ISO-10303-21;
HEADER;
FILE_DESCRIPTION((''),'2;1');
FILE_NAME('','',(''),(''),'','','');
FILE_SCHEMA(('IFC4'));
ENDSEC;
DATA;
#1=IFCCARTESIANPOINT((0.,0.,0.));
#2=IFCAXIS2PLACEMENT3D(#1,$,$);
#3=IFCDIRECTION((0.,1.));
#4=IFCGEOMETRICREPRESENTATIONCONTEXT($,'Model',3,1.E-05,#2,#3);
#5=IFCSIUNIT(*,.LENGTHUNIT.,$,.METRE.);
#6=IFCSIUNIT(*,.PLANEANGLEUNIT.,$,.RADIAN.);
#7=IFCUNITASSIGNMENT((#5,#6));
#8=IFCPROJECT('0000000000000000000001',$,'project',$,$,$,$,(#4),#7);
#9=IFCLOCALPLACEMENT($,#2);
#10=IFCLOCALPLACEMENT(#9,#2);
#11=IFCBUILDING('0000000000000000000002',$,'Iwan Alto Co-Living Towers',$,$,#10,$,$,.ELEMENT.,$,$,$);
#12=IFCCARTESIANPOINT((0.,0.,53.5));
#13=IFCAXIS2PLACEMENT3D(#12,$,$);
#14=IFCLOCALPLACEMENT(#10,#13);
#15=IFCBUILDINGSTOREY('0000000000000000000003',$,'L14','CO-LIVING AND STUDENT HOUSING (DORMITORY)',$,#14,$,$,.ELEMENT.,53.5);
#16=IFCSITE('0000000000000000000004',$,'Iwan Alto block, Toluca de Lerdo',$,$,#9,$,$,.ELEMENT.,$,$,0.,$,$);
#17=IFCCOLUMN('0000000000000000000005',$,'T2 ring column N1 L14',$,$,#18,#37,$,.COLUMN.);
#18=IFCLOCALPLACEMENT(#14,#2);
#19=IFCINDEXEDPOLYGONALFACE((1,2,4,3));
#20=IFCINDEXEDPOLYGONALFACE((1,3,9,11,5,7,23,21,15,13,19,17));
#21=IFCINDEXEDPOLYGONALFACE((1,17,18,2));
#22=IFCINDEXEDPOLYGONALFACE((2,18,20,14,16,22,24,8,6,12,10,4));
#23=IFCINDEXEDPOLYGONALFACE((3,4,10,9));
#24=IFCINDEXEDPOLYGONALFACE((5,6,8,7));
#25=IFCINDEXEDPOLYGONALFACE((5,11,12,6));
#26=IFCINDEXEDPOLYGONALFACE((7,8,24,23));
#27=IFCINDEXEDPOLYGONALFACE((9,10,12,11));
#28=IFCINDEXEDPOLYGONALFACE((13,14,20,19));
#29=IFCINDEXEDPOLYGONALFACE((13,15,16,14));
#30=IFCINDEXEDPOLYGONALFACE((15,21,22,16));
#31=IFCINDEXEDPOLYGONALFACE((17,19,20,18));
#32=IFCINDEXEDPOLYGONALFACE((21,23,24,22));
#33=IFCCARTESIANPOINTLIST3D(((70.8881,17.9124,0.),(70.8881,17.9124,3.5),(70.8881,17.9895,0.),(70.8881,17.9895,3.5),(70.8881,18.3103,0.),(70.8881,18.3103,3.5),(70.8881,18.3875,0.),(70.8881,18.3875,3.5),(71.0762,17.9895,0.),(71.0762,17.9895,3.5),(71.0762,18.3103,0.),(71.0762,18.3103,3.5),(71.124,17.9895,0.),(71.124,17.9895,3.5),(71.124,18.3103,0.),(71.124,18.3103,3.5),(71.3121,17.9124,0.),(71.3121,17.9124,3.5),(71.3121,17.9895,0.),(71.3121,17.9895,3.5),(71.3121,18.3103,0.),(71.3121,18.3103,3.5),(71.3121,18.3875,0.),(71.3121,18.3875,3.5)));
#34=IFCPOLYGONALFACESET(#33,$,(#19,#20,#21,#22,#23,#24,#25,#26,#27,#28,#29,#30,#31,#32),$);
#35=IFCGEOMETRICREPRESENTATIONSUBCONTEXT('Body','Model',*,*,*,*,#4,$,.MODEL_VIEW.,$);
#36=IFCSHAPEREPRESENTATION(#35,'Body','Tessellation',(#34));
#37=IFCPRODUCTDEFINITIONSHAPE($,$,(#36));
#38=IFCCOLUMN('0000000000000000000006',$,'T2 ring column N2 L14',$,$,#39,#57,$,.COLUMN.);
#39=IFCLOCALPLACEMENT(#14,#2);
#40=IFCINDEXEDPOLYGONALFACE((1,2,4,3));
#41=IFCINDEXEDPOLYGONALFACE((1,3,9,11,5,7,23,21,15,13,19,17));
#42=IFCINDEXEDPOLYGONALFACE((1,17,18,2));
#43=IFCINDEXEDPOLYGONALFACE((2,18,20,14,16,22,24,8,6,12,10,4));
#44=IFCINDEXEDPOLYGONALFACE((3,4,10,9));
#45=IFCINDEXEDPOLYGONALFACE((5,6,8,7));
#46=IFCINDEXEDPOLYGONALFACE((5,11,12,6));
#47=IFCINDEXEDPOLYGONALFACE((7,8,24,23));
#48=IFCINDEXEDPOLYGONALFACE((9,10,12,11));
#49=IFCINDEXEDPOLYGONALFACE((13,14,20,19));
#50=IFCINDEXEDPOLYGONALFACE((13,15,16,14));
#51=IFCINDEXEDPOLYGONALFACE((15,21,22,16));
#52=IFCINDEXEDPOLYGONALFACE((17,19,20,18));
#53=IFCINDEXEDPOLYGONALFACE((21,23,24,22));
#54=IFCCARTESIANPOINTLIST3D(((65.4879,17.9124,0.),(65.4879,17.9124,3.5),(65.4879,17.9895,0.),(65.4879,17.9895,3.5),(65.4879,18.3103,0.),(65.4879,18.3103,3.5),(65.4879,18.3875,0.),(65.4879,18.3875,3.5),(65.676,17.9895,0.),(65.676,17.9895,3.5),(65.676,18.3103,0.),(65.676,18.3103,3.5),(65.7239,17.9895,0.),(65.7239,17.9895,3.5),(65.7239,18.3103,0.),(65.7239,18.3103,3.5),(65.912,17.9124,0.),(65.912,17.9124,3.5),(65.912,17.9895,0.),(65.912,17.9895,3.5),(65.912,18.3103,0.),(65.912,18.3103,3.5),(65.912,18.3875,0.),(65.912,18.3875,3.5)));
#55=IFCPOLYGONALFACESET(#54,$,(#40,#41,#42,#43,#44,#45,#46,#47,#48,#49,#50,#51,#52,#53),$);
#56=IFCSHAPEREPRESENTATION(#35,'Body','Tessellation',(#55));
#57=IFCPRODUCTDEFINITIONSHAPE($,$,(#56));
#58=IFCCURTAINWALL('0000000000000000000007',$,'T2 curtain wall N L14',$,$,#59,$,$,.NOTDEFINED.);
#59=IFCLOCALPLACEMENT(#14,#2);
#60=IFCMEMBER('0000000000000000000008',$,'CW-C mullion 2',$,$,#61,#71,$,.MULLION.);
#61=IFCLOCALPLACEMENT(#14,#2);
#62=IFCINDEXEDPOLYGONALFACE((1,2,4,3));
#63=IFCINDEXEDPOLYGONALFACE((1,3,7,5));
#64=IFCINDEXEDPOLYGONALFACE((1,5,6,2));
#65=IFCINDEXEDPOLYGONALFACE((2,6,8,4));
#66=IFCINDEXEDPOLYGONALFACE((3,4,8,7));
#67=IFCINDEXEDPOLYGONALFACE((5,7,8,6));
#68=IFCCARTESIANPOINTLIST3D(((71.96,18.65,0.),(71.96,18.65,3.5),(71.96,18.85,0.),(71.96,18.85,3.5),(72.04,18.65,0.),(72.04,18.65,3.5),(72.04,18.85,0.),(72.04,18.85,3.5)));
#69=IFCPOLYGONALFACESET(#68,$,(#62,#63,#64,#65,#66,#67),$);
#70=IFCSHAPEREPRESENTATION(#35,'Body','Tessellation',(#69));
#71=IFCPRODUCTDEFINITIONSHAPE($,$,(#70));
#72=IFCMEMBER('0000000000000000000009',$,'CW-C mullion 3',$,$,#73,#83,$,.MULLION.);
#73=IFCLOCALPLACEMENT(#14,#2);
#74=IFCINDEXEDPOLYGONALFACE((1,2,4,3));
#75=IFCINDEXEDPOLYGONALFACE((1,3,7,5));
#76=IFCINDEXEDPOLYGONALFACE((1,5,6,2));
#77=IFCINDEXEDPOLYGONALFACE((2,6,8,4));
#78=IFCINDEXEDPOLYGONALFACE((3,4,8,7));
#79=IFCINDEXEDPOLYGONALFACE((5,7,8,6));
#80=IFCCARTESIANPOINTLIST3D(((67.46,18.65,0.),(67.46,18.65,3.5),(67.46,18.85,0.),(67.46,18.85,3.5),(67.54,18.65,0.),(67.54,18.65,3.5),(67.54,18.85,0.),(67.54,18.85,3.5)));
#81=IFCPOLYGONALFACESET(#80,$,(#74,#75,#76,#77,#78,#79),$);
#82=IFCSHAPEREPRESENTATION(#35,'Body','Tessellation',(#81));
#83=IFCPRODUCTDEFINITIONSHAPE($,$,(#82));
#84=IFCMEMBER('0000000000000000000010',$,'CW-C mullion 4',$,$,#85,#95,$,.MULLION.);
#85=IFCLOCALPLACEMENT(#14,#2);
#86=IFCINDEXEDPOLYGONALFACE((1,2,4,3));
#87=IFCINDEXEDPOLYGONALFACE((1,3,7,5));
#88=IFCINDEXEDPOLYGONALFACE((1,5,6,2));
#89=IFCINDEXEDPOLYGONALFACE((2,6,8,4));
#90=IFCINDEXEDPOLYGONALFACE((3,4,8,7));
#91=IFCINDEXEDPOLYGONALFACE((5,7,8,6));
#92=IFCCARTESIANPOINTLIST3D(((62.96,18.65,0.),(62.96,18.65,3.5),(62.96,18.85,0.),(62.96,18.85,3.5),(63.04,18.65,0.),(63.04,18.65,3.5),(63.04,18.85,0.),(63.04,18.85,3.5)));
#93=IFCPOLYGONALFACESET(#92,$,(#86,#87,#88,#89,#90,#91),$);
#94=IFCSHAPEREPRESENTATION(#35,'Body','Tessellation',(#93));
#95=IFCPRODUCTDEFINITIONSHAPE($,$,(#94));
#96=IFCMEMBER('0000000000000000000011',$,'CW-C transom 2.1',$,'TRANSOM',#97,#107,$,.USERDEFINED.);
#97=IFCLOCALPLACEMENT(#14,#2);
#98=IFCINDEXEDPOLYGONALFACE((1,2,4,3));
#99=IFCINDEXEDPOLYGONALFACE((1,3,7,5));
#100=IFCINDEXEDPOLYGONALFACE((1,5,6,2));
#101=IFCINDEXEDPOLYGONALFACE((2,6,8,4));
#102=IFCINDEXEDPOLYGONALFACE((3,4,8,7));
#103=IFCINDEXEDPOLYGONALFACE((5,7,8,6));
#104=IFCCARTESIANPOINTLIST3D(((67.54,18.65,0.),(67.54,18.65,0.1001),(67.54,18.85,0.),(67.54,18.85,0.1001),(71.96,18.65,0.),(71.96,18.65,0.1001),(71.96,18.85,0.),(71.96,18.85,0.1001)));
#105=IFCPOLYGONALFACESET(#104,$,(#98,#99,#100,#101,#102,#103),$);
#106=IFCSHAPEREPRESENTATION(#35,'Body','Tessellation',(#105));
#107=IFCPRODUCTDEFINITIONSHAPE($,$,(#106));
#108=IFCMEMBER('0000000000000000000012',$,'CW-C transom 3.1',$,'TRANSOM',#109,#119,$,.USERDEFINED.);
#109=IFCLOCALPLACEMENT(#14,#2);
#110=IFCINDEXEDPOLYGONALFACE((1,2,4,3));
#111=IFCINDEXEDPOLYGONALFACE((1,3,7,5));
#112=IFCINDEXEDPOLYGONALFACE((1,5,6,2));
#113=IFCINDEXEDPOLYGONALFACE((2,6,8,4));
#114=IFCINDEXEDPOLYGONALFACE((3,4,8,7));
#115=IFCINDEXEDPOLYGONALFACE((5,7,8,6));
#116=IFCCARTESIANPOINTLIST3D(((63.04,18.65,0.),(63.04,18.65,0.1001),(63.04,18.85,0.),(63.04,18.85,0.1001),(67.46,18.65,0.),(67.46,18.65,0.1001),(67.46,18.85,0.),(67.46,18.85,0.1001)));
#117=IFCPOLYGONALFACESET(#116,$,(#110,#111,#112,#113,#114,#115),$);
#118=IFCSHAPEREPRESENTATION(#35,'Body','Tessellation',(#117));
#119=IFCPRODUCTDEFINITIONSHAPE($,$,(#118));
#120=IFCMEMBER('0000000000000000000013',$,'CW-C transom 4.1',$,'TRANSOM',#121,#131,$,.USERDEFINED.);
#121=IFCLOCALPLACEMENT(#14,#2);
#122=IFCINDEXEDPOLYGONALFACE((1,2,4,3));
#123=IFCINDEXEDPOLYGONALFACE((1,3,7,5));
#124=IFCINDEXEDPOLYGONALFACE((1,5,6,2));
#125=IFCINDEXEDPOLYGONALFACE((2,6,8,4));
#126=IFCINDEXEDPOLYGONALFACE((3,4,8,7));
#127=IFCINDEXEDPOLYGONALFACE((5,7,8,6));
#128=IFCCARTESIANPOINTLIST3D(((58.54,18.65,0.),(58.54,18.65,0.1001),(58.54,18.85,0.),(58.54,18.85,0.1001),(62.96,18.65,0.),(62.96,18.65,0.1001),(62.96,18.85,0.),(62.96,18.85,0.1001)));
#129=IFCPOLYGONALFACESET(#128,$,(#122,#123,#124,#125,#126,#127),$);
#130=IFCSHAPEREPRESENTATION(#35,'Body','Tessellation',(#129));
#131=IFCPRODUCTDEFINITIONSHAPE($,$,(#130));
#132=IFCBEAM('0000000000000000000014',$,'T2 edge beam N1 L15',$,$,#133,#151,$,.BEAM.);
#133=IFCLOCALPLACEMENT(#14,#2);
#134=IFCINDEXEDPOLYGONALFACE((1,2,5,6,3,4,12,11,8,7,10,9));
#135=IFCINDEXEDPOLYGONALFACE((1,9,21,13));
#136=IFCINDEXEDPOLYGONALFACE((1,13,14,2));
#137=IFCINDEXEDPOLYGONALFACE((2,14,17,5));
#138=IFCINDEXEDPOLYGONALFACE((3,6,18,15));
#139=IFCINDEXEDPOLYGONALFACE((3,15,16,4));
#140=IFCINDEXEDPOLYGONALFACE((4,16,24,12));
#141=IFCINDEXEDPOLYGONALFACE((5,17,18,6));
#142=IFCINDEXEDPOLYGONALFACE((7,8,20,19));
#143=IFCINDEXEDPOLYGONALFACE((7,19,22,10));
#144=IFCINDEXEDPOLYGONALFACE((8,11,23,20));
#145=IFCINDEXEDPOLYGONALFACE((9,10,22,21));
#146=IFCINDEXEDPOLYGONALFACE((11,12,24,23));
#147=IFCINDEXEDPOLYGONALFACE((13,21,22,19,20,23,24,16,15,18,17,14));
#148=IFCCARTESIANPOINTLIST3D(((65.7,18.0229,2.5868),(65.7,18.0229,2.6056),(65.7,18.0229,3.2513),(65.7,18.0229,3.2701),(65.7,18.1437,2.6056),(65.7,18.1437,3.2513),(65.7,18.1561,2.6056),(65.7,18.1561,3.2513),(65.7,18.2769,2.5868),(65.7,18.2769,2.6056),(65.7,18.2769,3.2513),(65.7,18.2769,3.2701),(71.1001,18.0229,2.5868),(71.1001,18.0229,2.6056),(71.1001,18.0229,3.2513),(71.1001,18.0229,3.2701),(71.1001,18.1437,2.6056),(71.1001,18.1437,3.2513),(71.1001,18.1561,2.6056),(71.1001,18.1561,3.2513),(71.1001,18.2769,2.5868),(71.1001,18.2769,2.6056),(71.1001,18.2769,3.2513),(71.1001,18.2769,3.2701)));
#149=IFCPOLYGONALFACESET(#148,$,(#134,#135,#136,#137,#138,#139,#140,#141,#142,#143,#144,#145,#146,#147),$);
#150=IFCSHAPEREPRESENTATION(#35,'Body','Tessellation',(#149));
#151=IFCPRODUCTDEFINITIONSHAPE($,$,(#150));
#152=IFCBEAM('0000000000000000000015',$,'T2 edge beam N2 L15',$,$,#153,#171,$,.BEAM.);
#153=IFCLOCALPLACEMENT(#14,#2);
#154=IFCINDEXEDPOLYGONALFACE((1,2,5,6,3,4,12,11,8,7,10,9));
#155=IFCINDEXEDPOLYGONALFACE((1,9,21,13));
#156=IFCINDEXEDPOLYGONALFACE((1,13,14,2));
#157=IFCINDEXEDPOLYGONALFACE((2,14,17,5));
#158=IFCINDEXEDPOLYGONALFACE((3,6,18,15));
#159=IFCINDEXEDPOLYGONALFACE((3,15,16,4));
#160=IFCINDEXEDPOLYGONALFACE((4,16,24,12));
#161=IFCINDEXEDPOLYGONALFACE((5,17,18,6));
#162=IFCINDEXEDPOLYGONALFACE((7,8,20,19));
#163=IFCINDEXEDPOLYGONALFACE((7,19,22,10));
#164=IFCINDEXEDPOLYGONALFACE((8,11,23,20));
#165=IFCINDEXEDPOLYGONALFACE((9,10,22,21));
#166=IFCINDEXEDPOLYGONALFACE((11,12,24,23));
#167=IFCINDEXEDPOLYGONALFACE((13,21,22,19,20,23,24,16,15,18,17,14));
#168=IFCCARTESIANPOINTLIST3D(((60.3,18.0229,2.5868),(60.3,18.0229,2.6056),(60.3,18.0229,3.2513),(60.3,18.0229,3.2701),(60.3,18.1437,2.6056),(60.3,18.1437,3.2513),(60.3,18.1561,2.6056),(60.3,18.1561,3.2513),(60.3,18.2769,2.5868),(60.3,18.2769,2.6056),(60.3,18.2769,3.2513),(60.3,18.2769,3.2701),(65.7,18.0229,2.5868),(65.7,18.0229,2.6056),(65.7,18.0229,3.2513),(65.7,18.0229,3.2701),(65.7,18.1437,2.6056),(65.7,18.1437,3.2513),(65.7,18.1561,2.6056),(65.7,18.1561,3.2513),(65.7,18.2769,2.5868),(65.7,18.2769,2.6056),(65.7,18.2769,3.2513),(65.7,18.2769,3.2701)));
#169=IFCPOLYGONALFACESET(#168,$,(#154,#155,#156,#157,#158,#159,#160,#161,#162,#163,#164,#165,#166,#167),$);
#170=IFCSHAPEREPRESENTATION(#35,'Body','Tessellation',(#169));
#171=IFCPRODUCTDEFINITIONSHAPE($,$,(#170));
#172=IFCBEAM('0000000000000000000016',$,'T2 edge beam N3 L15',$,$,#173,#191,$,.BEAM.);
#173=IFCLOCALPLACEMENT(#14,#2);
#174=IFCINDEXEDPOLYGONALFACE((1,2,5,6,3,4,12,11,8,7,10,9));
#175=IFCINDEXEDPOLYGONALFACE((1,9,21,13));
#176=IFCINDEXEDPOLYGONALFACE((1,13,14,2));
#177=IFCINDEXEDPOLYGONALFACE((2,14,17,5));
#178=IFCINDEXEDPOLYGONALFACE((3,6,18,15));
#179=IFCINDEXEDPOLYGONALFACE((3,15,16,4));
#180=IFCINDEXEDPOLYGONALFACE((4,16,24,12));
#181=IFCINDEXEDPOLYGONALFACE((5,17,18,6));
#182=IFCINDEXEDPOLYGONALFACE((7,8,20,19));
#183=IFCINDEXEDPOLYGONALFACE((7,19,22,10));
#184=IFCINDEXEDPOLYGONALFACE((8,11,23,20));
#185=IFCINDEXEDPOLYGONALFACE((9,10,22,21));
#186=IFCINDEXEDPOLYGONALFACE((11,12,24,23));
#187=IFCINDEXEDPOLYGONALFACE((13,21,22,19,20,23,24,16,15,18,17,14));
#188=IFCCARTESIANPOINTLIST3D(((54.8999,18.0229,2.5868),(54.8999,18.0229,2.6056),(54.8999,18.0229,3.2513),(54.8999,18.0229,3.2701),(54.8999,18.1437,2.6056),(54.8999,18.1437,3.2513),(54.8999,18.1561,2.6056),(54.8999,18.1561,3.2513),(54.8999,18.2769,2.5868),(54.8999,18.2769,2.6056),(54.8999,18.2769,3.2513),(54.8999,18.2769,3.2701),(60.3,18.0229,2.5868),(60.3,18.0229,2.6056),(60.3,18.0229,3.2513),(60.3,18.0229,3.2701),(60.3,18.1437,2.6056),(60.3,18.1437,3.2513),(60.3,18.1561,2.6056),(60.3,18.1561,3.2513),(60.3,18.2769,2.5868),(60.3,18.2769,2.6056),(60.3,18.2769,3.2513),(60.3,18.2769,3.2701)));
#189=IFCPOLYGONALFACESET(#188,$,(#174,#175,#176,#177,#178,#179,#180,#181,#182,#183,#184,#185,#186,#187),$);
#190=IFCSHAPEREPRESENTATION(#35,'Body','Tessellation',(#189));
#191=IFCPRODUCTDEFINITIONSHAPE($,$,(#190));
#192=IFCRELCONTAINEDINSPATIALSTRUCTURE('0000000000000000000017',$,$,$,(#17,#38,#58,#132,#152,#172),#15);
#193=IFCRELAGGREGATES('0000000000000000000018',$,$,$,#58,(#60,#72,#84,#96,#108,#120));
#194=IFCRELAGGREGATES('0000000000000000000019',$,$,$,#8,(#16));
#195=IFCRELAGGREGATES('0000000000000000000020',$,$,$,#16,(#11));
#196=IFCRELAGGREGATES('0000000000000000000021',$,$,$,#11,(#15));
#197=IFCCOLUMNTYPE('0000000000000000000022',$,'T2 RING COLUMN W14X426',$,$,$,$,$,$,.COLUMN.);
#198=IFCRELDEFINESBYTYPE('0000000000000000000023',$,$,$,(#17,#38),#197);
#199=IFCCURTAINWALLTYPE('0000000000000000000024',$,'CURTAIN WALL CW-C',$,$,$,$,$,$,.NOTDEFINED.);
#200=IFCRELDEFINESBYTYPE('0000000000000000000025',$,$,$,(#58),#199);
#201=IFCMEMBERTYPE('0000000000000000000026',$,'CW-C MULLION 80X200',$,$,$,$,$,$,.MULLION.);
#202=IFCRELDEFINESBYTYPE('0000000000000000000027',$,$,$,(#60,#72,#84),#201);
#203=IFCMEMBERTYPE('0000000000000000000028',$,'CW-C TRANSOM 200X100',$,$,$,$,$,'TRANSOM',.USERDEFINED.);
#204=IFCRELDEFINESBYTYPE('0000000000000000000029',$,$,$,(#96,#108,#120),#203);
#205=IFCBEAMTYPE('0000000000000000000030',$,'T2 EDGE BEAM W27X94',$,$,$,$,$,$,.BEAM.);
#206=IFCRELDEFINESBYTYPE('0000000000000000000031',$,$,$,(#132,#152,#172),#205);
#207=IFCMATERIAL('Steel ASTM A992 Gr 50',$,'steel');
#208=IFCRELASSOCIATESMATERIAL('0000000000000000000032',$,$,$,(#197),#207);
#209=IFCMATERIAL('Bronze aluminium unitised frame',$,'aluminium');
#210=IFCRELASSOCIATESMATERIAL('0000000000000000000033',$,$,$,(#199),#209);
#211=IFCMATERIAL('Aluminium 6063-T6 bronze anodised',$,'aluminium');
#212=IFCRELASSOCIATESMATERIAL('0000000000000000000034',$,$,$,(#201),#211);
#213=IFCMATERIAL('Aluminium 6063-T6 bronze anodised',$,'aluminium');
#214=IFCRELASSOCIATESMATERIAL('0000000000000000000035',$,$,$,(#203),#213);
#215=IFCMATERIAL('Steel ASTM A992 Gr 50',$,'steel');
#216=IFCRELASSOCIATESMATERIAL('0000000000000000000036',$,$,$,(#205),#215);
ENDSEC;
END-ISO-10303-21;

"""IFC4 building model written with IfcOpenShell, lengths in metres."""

from ifc_helpers import new_model, si_unit, direction, frame, origin, origin_2d, place, context, subcontext, project, spatial, rectangle, i_section, extrude, material, material_profile, profile_set, type_object, element, aggregate, save


model = new_model("IFC4")

# Units and contexts
model_context = context("Model", 3, precision=1e-05, world=origin(), true_north=direction((0.0, 1.0)))
body_context = subcontext(model_context, "Body", "Model", "MODEL_VIEW")
ifc_project = project(units=[si_unit("LENGTHUNIT", "METRE"), si_unit("PLANEANGLEUNIT", "RADIAN")], contexts=[model_context])

# Site, building, storey
site_placement = place(None, origin())
site = spatial("IfcSite", under=ifc_project, at=site_placement, Name="Iwan Alto block, Toluca de Lerdo", CompositionType="ELEMENT", RefElevation=0.0)
building_placement = place(site_placement, origin())
building = spatial("IfcBuilding", under=site, at=building_placement, Name="Iwan Alto Co-Living Towers", CompositionType="ELEMENT")
storey_placement = place(building_placement, frame((0.0, 0.0, 53.5)))
storey = spatial("IfcBuildingStorey", under=building, at=storey_placement, Name="L14", Description="CO-LIVING AND STUDENT HOUSING (DORMITORY)", CompositionType="ELEMENT", Elevation=53.5)

# Columns
ifc_material_1 = material(Name="Steel ASTM A992 Gr 50", Category="steel")
ifc_material_profile_1 = material_profile(ifc_material_1, i_section(OverallWidth=0.4241, OverallDepth=0.4751, WebThickness=0.0479, FlangeThickness=0.0771, at=origin_2d()), Name="W14X426")
ifc_profile_set_1 = profile_set([ifc_material_profile_1], Name="Steel ASTM A992 Gr 50")
column_type = type_object("IfcColumnType", Name="T2 RING COLUMN W14X426", PredefinedType="COLUMN", material=ifc_profile_set_1)
for number, where, z_axis, x_axis, name in (
    (1, (71.1001, 18.1499, 0.0), (0.0, 0.0, 1.0), (1.0, 0.0, 0.0), "T2 ring column N1 L14"),
    (2, (65.7, 18.1499, 0.0), (0.0, 0.0, 1.0), (1.0, 0.0, 0.0), "T2 ring column N2 L14"),
):
    element("IfcColumn", number, at=place(storey_placement, frame(where, z_axis=z_axis, x_axis=x_axis)), inside=storey, type_object=column_type, Name=name, PredefinedType="COLUMN", context=body_context, shape_type="SweptSolid", body=[
        extrude(i_section(OverallWidth=0.4241, OverallDepth=0.4751, WebThickness=0.0479, FlangeThickness=0.0771, at=origin_2d()), origin(), (0.0, 0.0, 1.0), 3.5),
    ])

# Curtain wall, members
ifc_material_2 = material(Name="Bronze aluminium unitised frame", Category="aluminium")
curtain_wall_type = type_object("IfcCurtainWallType", Name="CURTAIN WALL CW-C", PredefinedType="NOTDEFINED", material=ifc_material_2)
curtain_wall_placement = place(storey_placement, origin())
curtain_wall = element("IfcCurtainWall", 3, at=curtain_wall_placement, inside=storey, type_object=curtain_wall_type, Name="T2 curtain wall N L14", PredefinedType="NOTDEFINED")
ifc_material_3 = material(Name="Aluminium 6063-T6 bronze anodised", Category="aluminium")
ifc_material_profile_2 = material_profile(ifc_material_3, rectangle(XDim=0.2, YDim=0.0801, at=origin_2d()), Name="AL 80X200")
ifc_profile_set_2 = profile_set([ifc_material_profile_2], Name="Aluminium 6063-T6 bronze anodised")
member_type_1 = type_object("IfcMemberType", Name="CW-C MULLION 80X200", PredefinedType="MULLION", material=ifc_profile_set_2)
member_1_placement = place(storey_placement, frame((72.0, 18.75, 0.0), z_axis=(0.0, 0.0, 1.0), x_axis=(0.0, -1.0, 0.0)))
member_1 = element("IfcMember", 4, at=member_1_placement, type_object=member_type_1, Name="CW-C mullion 2", PredefinedType="MULLION", context=body_context, shape_type="SweptSolid", body=[
    extrude(rectangle(XDim=0.2, YDim=0.0801, at=origin_2d()), origin(), (0.0, 0.0, 1.0), 3.5),
])
member_2_placement = place(storey_placement, frame((67.5, 18.75, 0.0), z_axis=(0.0, 0.0, 1.0), x_axis=(0.0, -1.0, 0.0)))
member_2 = element("IfcMember", 5, at=member_2_placement, type_object=member_type_1, Name="CW-C mullion 3", PredefinedType="MULLION", context=body_context, shape_type="SweptSolid", body=[
    extrude(rectangle(XDim=0.2, YDim=0.0801, at=origin_2d()), origin(), (0.0, 0.0, 1.0), 3.5),
])
member_3_placement = place(storey_placement, frame((63.0, 18.75, 0.0), z_axis=(0.0, 0.0, 1.0), x_axis=(0.0, -1.0, 0.0)))
member_3 = element("IfcMember", 6, at=member_3_placement, type_object=member_type_1, Name="CW-C mullion 4", PredefinedType="MULLION", context=body_context, shape_type="SweptSolid", body=[
    extrude(rectangle(XDim=0.2, YDim=0.0801, at=origin_2d()), origin(), (0.0, 0.0, 1.0), 3.5),
])
ifc_material_4 = material(Name="Aluminium 6063-T6 bronze anodised", Category="aluminium")
ifc_material_profile_3 = material_profile(ifc_material_4, rectangle(XDim=0.2, YDim=0.1001, at=origin_2d()), Name="AL 200X100")
ifc_profile_set_3 = profile_set([ifc_material_profile_3], Name="Aluminium 6063-T6 bronze anodised")
member_type_2 = type_object("IfcMemberType", Name="CW-C TRANSOM 200X100", ElementType="TRANSOM", PredefinedType="USERDEFINED", material=ifc_profile_set_3)
member_4_placement = place(storey_placement, frame((71.96, 18.75, 0.05), z_axis=(-1.0, 0.0, 0.0), x_axis=(0.0, -1.0, 0.0)))
member_4 = element("IfcMember", 7, at=member_4_placement, type_object=member_type_2, Name="CW-C transom 2.1", ObjectType="TRANSOM", PredefinedType="USERDEFINED", context=body_context, shape_type="SweptSolid", body=[
    extrude(rectangle(XDim=0.2, YDim=0.1001, at=origin_2d()), origin(), (0.0, 0.0, 1.0), 4.4199),
])
member_5_placement = place(storey_placement, frame((67.46, 18.75, 0.05), z_axis=(-1.0, 0.0, 0.0), x_axis=(0.0, -1.0, 0.0)))
member_5 = element("IfcMember", 8, at=member_5_placement, type_object=member_type_2, Name="CW-C transom 3.1", ObjectType="TRANSOM", PredefinedType="USERDEFINED", context=body_context, shape_type="SweptSolid", body=[
    extrude(rectangle(XDim=0.2, YDim=0.1001, at=origin_2d()), origin(), (0.0, 0.0, 1.0), 4.4199),
])
member_6_placement = place(storey_placement, frame((62.96, 18.75, 0.05), z_axis=(-1.0, 0.0, 0.0), x_axis=(0.0, -1.0, 0.0)))
member_6 = element("IfcMember", 9, at=member_6_placement, type_object=member_type_2, Name="CW-C transom 4.1", ObjectType="TRANSOM", PredefinedType="USERDEFINED", context=body_context, shape_type="SweptSolid", body=[
    extrude(rectangle(XDim=0.2, YDim=0.1001, at=origin_2d()), origin(), (0.0, 0.0, 1.0), 4.4199),
])

# Beams
ifc_material_5 = material(Name="Steel ASTM A992 Gr 50", Category="steel")
ifc_material_profile_4 = material_profile(ifc_material_5, i_section(OverallWidth=0.2539, OverallDepth=0.6833, WebThickness=0.0125, FlangeThickness=0.0188, at=origin_2d()), Name="W27X94")
ifc_profile_set_4 = profile_set([ifc_material_profile_4], Name="Steel ASTM A992 Gr 50")
beam_type_1 = type_object("IfcBeamType", Name="T2 EDGE BEAM W27X94", PredefinedType="BEAM", material=ifc_profile_set_4)
beam_1_placement = place(storey_placement, frame((71.1001, 18.1499, 2.9285), z_axis=(-1.0, 0.0, 0.0), x_axis=(0.0, -1.0, 0.0)))
element("IfcBeam", 10, at=beam_1_placement, inside=storey, type_object=beam_type_1, Name="T2 edge beam N1 L15", PredefinedType="BEAM", context=body_context, shape_type="SweptSolid", body=[
    extrude(i_section(OverallWidth=0.2539, OverallDepth=0.6833, WebThickness=0.0125, FlangeThickness=0.0188, at=origin_2d()), origin(), (0.0, 0.0, 1.0), 5.4001),
])
beam_2_placement = place(storey_placement, frame((65.7, 18.1499, 2.9285), z_axis=(-1.0, 0.0, 0.0), x_axis=(0.0, -1.0, 0.0)))
element("IfcBeam", 11, at=beam_2_placement, inside=storey, type_object=beam_type_1, Name="T2 edge beam N2 L15", PredefinedType="BEAM", context=body_context, shape_type="SweptSolid", body=[
    extrude(i_section(OverallWidth=0.2539, OverallDepth=0.6833, WebThickness=0.0125, FlangeThickness=0.0188, at=origin_2d()), origin(), (0.0, 0.0, 1.0), 5.3999),
])
beam_3_placement = place(storey_placement, frame((60.3, 18.1499, 2.9285), z_axis=(-1.0, 0.0, 0.0), x_axis=(0.0, -1.0, 0.0)))
element("IfcBeam", 12, at=beam_3_placement, inside=storey, type_object=beam_type_1, Name="T2 edge beam N3 L15", PredefinedType="BEAM", context=body_context, shape_type="SweptSolid", body=[
    extrude(i_section(OverallWidth=0.2539, OverallDepth=0.6833, WebThickness=0.0125, FlangeThickness=0.0188, at=origin_2d()), origin(), (0.0, 0.0, 1.0), 5.4001),
])

aggregate(curtain_wall, [member_1, member_2, member_3, member_4, member_5, member_6])

save(model, "model.ifc")
